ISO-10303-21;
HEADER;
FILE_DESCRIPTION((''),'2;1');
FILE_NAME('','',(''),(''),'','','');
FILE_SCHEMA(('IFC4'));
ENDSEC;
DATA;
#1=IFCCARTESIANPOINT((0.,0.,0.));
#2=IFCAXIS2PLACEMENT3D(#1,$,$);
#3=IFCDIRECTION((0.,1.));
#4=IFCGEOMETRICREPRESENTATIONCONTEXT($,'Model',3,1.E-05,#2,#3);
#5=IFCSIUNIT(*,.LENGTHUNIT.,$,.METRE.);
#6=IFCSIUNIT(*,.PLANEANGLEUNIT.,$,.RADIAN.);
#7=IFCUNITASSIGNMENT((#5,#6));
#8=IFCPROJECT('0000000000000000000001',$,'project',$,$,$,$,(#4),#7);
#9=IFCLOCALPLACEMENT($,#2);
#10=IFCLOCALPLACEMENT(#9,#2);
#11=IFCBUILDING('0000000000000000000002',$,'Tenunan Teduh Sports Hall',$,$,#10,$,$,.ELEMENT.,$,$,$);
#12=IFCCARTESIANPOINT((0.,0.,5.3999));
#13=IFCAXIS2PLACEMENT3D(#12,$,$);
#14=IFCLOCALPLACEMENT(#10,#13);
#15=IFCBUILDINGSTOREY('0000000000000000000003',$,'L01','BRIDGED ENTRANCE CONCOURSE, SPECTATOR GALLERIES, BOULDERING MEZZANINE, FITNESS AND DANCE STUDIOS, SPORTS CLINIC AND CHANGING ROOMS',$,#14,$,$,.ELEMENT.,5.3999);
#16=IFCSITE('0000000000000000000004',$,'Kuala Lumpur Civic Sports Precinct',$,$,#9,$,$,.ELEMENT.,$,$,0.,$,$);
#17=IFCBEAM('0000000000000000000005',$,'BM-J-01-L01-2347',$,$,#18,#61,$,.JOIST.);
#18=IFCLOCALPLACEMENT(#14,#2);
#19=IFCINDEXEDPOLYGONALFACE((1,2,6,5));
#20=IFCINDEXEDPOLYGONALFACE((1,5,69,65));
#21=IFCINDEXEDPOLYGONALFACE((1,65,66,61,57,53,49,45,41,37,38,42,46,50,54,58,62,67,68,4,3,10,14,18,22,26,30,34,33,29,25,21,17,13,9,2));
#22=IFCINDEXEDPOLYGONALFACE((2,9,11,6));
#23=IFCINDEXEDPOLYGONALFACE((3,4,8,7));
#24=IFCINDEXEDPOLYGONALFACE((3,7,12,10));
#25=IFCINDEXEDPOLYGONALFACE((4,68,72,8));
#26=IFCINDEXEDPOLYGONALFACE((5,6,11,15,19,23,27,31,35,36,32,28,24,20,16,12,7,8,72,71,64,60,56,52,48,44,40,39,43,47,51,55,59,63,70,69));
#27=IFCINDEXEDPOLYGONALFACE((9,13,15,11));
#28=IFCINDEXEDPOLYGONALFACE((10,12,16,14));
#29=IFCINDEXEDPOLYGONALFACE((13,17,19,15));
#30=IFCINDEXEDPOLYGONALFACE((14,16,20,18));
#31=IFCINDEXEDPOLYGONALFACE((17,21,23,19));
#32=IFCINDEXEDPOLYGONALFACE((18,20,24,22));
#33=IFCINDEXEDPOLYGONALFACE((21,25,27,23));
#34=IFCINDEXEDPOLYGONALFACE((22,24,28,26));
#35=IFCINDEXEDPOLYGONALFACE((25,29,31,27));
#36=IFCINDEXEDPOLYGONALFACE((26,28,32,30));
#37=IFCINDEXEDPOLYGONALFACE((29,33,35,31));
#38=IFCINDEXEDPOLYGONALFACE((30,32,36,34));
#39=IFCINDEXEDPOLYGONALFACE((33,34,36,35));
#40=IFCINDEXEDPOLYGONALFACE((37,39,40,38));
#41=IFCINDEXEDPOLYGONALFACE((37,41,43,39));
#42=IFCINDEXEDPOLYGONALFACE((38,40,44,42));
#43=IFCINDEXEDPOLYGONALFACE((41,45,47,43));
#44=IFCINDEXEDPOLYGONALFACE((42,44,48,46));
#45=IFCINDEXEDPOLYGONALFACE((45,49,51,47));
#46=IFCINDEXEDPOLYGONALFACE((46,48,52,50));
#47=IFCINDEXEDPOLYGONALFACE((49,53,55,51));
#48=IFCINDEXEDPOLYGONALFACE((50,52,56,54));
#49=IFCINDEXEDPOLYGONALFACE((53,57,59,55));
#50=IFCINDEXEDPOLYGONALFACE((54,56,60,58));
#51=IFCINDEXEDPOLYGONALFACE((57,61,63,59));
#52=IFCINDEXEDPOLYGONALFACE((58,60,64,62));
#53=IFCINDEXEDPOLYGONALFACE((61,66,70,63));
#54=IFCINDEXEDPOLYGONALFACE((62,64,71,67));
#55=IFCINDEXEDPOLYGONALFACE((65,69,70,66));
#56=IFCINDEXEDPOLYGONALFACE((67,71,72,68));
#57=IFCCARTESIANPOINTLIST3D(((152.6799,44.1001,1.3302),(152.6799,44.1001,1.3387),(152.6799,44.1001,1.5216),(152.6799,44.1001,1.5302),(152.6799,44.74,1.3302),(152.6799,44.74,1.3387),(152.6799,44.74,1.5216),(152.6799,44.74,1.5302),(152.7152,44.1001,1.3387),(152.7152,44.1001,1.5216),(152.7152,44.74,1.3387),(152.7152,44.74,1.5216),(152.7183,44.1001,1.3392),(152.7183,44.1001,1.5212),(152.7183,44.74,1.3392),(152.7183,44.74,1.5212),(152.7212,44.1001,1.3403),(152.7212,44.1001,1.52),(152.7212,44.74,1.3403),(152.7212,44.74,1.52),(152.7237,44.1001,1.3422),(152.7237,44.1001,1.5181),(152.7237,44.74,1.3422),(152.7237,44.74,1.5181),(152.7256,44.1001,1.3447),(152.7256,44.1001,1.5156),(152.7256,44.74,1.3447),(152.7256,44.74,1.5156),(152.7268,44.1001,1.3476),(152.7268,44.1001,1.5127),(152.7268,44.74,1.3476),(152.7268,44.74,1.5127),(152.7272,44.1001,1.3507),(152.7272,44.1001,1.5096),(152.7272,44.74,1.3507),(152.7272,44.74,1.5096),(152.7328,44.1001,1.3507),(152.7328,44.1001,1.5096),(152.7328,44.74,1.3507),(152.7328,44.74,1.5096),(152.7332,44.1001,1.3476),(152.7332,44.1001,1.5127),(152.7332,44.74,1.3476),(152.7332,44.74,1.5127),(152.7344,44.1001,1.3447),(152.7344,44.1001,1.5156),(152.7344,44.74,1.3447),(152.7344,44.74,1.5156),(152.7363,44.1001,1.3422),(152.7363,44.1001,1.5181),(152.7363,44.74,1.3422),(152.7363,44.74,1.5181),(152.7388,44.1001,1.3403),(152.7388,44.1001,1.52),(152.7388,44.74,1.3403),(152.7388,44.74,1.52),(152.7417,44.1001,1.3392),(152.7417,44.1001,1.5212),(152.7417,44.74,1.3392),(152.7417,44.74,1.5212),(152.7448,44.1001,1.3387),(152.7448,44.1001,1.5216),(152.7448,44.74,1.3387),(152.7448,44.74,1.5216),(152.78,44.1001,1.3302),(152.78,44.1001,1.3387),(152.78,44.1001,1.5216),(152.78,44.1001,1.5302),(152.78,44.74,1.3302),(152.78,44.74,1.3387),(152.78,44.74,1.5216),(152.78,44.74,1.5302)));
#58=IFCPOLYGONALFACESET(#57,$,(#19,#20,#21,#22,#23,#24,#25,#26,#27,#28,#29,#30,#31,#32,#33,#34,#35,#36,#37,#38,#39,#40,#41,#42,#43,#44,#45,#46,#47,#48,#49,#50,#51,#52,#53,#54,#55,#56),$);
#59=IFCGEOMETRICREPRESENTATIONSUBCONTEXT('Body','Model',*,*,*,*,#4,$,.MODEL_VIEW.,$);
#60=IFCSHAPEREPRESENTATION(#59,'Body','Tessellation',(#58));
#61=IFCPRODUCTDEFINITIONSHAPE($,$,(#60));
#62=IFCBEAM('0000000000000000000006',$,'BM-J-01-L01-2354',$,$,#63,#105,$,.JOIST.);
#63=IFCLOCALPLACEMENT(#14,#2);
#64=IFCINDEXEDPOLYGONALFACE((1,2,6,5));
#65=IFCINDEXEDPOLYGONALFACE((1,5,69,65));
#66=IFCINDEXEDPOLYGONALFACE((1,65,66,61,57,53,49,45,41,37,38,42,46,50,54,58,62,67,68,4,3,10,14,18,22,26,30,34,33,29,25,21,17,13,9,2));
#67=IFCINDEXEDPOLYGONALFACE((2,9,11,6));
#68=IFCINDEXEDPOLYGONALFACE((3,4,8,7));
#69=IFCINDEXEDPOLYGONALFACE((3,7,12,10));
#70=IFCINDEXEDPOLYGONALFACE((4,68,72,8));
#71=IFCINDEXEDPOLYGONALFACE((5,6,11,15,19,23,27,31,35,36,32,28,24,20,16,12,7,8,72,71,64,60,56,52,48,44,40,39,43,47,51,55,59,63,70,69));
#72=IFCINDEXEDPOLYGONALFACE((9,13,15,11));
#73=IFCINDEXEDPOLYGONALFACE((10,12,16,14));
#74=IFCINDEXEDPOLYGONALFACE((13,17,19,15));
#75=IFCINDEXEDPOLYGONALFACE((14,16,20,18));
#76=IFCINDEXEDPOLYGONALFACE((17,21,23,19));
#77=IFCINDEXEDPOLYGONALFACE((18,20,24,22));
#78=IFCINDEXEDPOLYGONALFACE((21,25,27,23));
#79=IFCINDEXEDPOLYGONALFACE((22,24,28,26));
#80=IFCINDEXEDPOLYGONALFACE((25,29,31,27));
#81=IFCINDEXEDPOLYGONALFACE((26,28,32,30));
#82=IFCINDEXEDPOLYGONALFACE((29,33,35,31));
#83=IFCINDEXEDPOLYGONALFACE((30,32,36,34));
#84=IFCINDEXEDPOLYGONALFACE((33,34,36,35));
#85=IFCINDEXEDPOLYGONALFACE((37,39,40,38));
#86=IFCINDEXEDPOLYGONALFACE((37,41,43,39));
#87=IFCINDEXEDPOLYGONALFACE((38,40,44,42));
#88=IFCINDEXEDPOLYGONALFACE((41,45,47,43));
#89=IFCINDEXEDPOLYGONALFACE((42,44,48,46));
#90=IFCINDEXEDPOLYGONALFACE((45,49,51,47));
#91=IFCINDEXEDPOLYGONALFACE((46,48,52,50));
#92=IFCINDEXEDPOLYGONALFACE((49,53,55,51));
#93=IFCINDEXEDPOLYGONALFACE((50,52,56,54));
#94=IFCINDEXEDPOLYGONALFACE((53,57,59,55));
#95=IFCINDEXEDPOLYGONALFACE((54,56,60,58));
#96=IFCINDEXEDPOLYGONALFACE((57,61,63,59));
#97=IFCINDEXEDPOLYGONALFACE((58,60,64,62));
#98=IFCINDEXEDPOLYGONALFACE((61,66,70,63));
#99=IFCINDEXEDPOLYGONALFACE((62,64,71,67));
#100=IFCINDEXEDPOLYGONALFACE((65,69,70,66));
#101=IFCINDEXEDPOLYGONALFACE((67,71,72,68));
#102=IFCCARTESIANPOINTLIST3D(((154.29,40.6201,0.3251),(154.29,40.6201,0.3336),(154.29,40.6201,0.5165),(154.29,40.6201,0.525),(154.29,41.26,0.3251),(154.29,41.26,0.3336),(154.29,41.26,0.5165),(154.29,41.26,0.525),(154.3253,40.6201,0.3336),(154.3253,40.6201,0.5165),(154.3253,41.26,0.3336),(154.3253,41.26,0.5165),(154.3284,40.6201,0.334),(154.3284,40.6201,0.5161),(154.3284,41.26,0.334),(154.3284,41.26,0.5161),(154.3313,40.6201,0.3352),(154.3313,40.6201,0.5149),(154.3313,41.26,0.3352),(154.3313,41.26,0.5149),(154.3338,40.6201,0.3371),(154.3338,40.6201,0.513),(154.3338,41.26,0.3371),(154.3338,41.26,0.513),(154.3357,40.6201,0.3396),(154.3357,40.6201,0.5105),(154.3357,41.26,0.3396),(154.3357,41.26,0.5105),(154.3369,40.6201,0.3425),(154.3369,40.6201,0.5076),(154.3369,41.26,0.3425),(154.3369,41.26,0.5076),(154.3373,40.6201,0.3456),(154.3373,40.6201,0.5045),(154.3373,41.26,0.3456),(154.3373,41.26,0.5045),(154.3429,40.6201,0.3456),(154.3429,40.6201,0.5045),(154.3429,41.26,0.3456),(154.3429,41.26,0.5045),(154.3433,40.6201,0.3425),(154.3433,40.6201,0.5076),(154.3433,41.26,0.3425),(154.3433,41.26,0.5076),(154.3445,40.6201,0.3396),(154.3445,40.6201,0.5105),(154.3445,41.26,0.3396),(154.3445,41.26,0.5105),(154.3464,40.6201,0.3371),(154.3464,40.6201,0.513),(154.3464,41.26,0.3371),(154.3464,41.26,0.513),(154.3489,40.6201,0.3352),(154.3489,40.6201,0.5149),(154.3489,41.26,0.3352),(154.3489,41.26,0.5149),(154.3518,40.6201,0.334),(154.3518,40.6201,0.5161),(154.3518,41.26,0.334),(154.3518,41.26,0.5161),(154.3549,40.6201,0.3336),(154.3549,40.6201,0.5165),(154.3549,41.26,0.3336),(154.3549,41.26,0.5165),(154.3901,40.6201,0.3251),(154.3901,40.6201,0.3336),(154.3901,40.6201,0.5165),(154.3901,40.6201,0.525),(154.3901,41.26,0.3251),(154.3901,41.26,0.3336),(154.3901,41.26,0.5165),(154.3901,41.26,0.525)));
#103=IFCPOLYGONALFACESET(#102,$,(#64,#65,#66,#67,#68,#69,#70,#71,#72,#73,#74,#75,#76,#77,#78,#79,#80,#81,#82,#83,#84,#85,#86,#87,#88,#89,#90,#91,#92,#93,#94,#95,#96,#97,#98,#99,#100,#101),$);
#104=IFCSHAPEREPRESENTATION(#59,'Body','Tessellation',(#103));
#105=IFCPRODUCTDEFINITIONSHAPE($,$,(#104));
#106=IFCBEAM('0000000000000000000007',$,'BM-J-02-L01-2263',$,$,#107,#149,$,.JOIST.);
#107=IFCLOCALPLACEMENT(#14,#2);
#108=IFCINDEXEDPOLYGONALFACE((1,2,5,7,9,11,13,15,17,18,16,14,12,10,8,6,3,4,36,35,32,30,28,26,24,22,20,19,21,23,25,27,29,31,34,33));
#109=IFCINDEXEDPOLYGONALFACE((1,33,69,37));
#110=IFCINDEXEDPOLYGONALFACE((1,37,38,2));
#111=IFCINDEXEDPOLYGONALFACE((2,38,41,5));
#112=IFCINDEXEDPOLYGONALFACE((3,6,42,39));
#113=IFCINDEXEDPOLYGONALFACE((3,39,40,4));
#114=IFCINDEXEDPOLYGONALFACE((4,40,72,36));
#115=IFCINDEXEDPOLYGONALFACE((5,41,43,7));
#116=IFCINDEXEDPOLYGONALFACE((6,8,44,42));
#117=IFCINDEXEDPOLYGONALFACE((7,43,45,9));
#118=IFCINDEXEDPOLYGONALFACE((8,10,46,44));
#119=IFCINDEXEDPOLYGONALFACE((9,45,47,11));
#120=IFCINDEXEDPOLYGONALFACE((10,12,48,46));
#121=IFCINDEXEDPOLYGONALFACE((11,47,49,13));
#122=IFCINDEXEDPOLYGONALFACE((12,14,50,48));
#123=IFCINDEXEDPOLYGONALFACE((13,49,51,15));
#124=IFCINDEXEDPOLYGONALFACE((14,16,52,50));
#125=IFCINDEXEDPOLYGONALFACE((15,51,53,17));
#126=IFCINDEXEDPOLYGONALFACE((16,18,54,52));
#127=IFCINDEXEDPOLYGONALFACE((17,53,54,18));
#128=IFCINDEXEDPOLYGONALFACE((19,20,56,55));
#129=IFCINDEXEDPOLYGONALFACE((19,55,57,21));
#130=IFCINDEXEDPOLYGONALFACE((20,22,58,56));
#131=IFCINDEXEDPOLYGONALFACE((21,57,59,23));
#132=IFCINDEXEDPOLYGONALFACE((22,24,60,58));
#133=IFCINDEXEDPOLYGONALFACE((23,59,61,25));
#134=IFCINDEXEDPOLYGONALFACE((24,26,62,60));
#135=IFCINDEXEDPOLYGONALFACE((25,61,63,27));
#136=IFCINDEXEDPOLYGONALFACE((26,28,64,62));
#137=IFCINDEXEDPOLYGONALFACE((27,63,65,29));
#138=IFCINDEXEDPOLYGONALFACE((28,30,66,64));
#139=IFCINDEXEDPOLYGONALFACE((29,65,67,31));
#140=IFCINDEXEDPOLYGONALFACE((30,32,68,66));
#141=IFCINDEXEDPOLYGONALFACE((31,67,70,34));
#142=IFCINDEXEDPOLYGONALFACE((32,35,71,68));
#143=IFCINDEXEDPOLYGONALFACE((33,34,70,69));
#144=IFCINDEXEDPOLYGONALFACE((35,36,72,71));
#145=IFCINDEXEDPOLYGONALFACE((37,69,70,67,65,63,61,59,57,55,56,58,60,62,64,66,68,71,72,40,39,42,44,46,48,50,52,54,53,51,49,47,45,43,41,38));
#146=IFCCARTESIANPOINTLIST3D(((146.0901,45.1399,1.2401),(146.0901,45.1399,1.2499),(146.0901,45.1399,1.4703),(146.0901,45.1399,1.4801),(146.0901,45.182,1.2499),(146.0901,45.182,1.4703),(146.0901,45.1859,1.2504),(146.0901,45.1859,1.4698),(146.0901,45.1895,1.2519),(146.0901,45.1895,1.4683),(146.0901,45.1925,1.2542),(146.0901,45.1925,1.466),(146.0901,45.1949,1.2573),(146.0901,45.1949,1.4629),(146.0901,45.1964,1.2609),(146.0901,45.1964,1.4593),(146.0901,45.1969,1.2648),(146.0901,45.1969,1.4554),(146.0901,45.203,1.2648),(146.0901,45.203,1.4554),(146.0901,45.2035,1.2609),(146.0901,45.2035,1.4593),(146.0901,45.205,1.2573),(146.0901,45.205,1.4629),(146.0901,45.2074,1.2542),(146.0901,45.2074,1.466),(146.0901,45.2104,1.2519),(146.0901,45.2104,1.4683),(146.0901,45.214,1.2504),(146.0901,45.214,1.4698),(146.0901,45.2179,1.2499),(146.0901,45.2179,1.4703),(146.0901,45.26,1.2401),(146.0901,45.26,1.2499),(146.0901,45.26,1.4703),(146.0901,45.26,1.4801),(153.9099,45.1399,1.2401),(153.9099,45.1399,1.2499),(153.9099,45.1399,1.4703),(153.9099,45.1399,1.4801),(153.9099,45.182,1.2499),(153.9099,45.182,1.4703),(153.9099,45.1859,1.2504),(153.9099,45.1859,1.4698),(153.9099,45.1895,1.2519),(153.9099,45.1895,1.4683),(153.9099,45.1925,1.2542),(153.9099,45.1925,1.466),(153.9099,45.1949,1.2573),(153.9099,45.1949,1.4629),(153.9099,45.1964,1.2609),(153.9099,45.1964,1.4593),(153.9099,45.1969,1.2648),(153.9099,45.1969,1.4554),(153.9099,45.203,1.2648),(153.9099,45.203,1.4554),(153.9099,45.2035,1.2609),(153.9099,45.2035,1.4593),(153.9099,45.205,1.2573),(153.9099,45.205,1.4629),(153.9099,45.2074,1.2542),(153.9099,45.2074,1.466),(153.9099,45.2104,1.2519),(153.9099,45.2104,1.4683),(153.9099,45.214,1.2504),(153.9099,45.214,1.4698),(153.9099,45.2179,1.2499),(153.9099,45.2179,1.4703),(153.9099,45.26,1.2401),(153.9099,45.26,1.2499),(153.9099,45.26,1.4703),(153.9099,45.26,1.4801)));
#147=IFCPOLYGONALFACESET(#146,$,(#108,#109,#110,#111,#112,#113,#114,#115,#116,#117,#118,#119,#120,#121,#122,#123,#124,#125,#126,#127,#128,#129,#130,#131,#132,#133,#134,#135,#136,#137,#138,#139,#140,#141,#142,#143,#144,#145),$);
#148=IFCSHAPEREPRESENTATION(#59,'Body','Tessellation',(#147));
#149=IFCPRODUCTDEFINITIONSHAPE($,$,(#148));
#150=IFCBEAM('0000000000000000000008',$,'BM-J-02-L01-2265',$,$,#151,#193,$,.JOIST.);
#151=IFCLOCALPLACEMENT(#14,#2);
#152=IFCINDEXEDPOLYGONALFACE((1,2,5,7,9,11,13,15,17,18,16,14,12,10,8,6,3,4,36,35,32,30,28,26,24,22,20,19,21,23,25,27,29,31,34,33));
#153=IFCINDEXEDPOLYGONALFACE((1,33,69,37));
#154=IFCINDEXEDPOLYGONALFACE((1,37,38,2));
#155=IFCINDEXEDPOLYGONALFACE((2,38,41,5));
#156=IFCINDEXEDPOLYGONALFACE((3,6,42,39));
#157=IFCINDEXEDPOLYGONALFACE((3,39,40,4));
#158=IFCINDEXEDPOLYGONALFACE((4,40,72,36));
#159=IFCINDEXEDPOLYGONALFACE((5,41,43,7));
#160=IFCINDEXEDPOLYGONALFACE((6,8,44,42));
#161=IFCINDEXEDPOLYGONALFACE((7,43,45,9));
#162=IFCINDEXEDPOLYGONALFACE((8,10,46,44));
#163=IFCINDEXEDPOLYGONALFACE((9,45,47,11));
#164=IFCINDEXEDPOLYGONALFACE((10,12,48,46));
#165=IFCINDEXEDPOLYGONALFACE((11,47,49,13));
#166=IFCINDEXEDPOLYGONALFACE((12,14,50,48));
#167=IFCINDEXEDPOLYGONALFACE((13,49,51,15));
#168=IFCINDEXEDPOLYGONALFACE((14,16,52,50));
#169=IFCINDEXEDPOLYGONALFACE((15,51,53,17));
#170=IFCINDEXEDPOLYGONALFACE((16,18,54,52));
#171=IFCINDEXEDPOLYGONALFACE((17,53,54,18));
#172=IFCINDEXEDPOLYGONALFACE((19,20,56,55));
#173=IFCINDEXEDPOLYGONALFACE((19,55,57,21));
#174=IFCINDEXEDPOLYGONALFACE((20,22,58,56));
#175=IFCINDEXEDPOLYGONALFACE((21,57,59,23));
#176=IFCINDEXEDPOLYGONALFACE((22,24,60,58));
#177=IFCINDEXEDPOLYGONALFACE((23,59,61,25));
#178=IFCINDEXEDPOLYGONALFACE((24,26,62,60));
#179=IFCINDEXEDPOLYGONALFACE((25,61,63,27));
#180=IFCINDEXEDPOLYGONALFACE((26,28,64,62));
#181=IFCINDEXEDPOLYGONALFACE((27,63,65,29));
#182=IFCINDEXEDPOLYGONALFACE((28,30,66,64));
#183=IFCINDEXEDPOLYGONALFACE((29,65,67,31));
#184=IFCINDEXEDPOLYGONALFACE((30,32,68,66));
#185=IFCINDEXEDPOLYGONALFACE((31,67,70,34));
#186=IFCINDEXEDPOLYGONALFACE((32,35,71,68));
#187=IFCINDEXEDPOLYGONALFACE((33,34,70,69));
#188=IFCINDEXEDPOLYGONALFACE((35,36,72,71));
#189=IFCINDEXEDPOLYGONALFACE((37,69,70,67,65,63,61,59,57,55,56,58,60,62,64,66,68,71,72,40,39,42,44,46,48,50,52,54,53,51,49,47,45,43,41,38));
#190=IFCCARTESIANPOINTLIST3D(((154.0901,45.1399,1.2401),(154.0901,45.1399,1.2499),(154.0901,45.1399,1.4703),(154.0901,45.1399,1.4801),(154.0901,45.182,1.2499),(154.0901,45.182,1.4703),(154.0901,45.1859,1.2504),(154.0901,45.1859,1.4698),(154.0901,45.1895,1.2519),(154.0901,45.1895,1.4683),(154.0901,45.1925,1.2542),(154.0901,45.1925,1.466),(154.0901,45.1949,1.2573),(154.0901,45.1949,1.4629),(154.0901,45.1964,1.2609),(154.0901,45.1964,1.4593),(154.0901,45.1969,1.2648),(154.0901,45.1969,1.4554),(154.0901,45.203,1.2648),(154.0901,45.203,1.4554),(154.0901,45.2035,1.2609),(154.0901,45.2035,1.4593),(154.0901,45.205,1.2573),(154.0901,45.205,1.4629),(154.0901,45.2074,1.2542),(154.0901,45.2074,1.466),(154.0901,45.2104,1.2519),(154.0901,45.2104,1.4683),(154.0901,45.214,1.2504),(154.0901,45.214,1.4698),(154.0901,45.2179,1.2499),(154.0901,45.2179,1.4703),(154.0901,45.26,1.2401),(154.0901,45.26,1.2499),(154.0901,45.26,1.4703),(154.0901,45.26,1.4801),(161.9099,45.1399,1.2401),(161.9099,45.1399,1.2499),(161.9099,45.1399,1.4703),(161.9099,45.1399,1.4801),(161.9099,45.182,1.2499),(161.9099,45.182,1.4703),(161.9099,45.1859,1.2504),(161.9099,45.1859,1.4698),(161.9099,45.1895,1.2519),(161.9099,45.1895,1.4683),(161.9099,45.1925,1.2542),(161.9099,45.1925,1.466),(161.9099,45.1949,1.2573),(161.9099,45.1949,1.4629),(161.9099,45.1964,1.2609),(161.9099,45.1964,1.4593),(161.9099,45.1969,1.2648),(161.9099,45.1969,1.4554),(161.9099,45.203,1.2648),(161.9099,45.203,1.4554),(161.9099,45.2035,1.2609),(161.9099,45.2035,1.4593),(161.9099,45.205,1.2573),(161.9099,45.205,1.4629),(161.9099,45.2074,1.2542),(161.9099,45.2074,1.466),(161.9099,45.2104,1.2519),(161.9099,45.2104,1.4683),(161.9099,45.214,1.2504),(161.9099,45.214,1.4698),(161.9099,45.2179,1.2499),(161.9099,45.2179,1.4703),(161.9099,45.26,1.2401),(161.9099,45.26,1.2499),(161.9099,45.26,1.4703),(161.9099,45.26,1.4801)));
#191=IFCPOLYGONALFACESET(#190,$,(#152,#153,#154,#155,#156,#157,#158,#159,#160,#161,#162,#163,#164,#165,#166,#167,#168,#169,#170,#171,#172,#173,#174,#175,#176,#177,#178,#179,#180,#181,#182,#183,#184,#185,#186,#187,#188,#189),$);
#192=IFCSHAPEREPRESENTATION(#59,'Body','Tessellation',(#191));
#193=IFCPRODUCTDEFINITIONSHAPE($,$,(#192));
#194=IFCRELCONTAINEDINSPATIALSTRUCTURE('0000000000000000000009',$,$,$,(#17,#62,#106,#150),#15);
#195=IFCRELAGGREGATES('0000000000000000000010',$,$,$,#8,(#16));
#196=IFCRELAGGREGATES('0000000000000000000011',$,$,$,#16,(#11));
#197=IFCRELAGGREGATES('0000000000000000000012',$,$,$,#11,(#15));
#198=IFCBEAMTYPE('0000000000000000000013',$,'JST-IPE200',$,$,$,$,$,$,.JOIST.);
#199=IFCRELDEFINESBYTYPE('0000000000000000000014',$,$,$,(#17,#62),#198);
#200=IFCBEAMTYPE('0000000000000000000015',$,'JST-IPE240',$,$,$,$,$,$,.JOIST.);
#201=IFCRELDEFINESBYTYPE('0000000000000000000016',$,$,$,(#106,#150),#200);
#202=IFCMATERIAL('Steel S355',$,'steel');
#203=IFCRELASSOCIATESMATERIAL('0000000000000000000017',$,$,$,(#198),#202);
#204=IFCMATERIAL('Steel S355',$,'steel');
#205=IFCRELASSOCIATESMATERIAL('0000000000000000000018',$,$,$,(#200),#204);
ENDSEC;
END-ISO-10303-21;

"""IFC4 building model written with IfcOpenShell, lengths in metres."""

from ifc_helpers import new_model, si_unit, direction, frame, origin, origin_2d, place, context, subcontext, project, spatial, i_section, extrude, material, material_profile, profile_set, type_object, element, save


model = new_model("IFC4")

# Units and contexts
model_context = context("Model", 3, precision=1e-05, world=origin(), true_north=direction((0.0, 1.0)))
body_context = subcontext(model_context, "Body", "Model", "MODEL_VIEW")
ifc_project = project(units=[si_unit("LENGTHUNIT", "METRE"), si_unit("PLANEANGLEUNIT", "RADIAN")], contexts=[model_context])

# Site, building, storey
site_placement = place(None, origin())
site = spatial("IfcSite", under=ifc_project, at=site_placement, Name="Kuala Lumpur Civic Sports Precinct", CompositionType="ELEMENT", RefElevation=0.0)
building_placement = place(site_placement, origin())
building = spatial("IfcBuilding", under=site, at=building_placement, Name="Tenunan Teduh Sports Hall", CompositionType="ELEMENT")
storey_placement = place(building_placement, frame((0.0, 0.0, 5.3999)))
storey = spatial("IfcBuildingStorey", under=building, at=storey_placement, Name="L01", Description="BRIDGED ENTRANCE CONCOURSE, SPECTATOR GALLERIES, BOULDERING MEZZANINE, FITNESS AND DANCE STUDIOS, SPORTS CLINIC AND CHANGING ROOMS", CompositionType="ELEMENT", Elevation=5.3999)

# Beams
ifc_material_1 = material(Name="Steel S355", Category="steel")
ifc_material_profile_1 = material_profile(ifc_material_1, i_section(OverallWidth=0.1001, OverallDepth=0.2, WebThickness=0.0056, FlangeThickness=0.0085, FilletRadius=0.012, at=origin_2d()), Name="IPE 200")
ifc_profile_set_1 = profile_set([ifc_material_profile_1], Name="Steel S355")
beam_type_1 = type_object("IfcBeamType", Name="JST-IPE200", PredefinedType="JOIST", material=ifc_profile_set_1)
for number, where, z_axis, x_axis, name in (
    (1, (152.73, 44.1001, 1.4302), (0.0, 1.0, 0.0), (-1.0, 0.0, 0.0), "BM-J-01-L01-2347"),
    (2, (154.3401, 40.6201, 0.425), (0.0, 1.0, 0.0), (-1.0, 0.0, 0.0), "BM-J-01-L01-2354"),
):
    element("IfcBeam", number, at=place(storey_placement, frame(where, z_axis=z_axis, x_axis=x_axis)), inside=storey, type_object=beam_type_1, Name=name, PredefinedType="JOIST", context=body_context, shape_type="SweptSolid", body=[
        extrude(i_section(OverallWidth=0.1001, OverallDepth=0.2, WebThickness=0.0056, FlangeThickness=0.0085, FilletRadius=0.012, at=origin_2d()), origin(), (0.0, 0.0, 1.0), 0.6399),
    ])
ifc_material_2 = material(Name="Steel S355", Category="steel")
ifc_material_profile_2 = material_profile(ifc_material_2, i_section(OverallWidth=0.1201, OverallDepth=0.24, WebThickness=0.0061, FlangeThickness=0.0098, FilletRadius=0.0149, at=origin_2d()), Name="IPE 240")
ifc_profile_set_2 = profile_set([ifc_material_profile_2], Name="Steel S355")
beam_type_2 = type_object("IfcBeamType", Name="JST-IPE240", PredefinedType="JOIST", material=ifc_profile_set_2)
for number, where, z_axis, x_axis, name in (
    (3, (146.0901, 45.2, 1.3601), (1.0, 0.0, 0.0), (0.0, 1.0, 0.0), "BM-J-02-L01-2263"),
    (4, (154.0901, 45.2, 1.3601), (1.0, 0.0, 0.0), (0.0, 1.0, 0.0), "BM-J-02-L01-2265"),
):
    element("IfcBeam", number, at=place(storey_placement, frame(where, z_axis=z_axis, x_axis=x_axis)), inside=storey, type_object=beam_type_2, Name=name, PredefinedType="JOIST", context=body_context, shape_type="SweptSolid", body=[
        extrude(i_section(OverallWidth=0.1201, OverallDepth=0.24, WebThickness=0.0061, FlangeThickness=0.0098, FilletRadius=0.0149, at=origin_2d()), origin(), (0.0, 0.0, 1.0), 7.8198),
    ])

save(model, "model.ifc")
